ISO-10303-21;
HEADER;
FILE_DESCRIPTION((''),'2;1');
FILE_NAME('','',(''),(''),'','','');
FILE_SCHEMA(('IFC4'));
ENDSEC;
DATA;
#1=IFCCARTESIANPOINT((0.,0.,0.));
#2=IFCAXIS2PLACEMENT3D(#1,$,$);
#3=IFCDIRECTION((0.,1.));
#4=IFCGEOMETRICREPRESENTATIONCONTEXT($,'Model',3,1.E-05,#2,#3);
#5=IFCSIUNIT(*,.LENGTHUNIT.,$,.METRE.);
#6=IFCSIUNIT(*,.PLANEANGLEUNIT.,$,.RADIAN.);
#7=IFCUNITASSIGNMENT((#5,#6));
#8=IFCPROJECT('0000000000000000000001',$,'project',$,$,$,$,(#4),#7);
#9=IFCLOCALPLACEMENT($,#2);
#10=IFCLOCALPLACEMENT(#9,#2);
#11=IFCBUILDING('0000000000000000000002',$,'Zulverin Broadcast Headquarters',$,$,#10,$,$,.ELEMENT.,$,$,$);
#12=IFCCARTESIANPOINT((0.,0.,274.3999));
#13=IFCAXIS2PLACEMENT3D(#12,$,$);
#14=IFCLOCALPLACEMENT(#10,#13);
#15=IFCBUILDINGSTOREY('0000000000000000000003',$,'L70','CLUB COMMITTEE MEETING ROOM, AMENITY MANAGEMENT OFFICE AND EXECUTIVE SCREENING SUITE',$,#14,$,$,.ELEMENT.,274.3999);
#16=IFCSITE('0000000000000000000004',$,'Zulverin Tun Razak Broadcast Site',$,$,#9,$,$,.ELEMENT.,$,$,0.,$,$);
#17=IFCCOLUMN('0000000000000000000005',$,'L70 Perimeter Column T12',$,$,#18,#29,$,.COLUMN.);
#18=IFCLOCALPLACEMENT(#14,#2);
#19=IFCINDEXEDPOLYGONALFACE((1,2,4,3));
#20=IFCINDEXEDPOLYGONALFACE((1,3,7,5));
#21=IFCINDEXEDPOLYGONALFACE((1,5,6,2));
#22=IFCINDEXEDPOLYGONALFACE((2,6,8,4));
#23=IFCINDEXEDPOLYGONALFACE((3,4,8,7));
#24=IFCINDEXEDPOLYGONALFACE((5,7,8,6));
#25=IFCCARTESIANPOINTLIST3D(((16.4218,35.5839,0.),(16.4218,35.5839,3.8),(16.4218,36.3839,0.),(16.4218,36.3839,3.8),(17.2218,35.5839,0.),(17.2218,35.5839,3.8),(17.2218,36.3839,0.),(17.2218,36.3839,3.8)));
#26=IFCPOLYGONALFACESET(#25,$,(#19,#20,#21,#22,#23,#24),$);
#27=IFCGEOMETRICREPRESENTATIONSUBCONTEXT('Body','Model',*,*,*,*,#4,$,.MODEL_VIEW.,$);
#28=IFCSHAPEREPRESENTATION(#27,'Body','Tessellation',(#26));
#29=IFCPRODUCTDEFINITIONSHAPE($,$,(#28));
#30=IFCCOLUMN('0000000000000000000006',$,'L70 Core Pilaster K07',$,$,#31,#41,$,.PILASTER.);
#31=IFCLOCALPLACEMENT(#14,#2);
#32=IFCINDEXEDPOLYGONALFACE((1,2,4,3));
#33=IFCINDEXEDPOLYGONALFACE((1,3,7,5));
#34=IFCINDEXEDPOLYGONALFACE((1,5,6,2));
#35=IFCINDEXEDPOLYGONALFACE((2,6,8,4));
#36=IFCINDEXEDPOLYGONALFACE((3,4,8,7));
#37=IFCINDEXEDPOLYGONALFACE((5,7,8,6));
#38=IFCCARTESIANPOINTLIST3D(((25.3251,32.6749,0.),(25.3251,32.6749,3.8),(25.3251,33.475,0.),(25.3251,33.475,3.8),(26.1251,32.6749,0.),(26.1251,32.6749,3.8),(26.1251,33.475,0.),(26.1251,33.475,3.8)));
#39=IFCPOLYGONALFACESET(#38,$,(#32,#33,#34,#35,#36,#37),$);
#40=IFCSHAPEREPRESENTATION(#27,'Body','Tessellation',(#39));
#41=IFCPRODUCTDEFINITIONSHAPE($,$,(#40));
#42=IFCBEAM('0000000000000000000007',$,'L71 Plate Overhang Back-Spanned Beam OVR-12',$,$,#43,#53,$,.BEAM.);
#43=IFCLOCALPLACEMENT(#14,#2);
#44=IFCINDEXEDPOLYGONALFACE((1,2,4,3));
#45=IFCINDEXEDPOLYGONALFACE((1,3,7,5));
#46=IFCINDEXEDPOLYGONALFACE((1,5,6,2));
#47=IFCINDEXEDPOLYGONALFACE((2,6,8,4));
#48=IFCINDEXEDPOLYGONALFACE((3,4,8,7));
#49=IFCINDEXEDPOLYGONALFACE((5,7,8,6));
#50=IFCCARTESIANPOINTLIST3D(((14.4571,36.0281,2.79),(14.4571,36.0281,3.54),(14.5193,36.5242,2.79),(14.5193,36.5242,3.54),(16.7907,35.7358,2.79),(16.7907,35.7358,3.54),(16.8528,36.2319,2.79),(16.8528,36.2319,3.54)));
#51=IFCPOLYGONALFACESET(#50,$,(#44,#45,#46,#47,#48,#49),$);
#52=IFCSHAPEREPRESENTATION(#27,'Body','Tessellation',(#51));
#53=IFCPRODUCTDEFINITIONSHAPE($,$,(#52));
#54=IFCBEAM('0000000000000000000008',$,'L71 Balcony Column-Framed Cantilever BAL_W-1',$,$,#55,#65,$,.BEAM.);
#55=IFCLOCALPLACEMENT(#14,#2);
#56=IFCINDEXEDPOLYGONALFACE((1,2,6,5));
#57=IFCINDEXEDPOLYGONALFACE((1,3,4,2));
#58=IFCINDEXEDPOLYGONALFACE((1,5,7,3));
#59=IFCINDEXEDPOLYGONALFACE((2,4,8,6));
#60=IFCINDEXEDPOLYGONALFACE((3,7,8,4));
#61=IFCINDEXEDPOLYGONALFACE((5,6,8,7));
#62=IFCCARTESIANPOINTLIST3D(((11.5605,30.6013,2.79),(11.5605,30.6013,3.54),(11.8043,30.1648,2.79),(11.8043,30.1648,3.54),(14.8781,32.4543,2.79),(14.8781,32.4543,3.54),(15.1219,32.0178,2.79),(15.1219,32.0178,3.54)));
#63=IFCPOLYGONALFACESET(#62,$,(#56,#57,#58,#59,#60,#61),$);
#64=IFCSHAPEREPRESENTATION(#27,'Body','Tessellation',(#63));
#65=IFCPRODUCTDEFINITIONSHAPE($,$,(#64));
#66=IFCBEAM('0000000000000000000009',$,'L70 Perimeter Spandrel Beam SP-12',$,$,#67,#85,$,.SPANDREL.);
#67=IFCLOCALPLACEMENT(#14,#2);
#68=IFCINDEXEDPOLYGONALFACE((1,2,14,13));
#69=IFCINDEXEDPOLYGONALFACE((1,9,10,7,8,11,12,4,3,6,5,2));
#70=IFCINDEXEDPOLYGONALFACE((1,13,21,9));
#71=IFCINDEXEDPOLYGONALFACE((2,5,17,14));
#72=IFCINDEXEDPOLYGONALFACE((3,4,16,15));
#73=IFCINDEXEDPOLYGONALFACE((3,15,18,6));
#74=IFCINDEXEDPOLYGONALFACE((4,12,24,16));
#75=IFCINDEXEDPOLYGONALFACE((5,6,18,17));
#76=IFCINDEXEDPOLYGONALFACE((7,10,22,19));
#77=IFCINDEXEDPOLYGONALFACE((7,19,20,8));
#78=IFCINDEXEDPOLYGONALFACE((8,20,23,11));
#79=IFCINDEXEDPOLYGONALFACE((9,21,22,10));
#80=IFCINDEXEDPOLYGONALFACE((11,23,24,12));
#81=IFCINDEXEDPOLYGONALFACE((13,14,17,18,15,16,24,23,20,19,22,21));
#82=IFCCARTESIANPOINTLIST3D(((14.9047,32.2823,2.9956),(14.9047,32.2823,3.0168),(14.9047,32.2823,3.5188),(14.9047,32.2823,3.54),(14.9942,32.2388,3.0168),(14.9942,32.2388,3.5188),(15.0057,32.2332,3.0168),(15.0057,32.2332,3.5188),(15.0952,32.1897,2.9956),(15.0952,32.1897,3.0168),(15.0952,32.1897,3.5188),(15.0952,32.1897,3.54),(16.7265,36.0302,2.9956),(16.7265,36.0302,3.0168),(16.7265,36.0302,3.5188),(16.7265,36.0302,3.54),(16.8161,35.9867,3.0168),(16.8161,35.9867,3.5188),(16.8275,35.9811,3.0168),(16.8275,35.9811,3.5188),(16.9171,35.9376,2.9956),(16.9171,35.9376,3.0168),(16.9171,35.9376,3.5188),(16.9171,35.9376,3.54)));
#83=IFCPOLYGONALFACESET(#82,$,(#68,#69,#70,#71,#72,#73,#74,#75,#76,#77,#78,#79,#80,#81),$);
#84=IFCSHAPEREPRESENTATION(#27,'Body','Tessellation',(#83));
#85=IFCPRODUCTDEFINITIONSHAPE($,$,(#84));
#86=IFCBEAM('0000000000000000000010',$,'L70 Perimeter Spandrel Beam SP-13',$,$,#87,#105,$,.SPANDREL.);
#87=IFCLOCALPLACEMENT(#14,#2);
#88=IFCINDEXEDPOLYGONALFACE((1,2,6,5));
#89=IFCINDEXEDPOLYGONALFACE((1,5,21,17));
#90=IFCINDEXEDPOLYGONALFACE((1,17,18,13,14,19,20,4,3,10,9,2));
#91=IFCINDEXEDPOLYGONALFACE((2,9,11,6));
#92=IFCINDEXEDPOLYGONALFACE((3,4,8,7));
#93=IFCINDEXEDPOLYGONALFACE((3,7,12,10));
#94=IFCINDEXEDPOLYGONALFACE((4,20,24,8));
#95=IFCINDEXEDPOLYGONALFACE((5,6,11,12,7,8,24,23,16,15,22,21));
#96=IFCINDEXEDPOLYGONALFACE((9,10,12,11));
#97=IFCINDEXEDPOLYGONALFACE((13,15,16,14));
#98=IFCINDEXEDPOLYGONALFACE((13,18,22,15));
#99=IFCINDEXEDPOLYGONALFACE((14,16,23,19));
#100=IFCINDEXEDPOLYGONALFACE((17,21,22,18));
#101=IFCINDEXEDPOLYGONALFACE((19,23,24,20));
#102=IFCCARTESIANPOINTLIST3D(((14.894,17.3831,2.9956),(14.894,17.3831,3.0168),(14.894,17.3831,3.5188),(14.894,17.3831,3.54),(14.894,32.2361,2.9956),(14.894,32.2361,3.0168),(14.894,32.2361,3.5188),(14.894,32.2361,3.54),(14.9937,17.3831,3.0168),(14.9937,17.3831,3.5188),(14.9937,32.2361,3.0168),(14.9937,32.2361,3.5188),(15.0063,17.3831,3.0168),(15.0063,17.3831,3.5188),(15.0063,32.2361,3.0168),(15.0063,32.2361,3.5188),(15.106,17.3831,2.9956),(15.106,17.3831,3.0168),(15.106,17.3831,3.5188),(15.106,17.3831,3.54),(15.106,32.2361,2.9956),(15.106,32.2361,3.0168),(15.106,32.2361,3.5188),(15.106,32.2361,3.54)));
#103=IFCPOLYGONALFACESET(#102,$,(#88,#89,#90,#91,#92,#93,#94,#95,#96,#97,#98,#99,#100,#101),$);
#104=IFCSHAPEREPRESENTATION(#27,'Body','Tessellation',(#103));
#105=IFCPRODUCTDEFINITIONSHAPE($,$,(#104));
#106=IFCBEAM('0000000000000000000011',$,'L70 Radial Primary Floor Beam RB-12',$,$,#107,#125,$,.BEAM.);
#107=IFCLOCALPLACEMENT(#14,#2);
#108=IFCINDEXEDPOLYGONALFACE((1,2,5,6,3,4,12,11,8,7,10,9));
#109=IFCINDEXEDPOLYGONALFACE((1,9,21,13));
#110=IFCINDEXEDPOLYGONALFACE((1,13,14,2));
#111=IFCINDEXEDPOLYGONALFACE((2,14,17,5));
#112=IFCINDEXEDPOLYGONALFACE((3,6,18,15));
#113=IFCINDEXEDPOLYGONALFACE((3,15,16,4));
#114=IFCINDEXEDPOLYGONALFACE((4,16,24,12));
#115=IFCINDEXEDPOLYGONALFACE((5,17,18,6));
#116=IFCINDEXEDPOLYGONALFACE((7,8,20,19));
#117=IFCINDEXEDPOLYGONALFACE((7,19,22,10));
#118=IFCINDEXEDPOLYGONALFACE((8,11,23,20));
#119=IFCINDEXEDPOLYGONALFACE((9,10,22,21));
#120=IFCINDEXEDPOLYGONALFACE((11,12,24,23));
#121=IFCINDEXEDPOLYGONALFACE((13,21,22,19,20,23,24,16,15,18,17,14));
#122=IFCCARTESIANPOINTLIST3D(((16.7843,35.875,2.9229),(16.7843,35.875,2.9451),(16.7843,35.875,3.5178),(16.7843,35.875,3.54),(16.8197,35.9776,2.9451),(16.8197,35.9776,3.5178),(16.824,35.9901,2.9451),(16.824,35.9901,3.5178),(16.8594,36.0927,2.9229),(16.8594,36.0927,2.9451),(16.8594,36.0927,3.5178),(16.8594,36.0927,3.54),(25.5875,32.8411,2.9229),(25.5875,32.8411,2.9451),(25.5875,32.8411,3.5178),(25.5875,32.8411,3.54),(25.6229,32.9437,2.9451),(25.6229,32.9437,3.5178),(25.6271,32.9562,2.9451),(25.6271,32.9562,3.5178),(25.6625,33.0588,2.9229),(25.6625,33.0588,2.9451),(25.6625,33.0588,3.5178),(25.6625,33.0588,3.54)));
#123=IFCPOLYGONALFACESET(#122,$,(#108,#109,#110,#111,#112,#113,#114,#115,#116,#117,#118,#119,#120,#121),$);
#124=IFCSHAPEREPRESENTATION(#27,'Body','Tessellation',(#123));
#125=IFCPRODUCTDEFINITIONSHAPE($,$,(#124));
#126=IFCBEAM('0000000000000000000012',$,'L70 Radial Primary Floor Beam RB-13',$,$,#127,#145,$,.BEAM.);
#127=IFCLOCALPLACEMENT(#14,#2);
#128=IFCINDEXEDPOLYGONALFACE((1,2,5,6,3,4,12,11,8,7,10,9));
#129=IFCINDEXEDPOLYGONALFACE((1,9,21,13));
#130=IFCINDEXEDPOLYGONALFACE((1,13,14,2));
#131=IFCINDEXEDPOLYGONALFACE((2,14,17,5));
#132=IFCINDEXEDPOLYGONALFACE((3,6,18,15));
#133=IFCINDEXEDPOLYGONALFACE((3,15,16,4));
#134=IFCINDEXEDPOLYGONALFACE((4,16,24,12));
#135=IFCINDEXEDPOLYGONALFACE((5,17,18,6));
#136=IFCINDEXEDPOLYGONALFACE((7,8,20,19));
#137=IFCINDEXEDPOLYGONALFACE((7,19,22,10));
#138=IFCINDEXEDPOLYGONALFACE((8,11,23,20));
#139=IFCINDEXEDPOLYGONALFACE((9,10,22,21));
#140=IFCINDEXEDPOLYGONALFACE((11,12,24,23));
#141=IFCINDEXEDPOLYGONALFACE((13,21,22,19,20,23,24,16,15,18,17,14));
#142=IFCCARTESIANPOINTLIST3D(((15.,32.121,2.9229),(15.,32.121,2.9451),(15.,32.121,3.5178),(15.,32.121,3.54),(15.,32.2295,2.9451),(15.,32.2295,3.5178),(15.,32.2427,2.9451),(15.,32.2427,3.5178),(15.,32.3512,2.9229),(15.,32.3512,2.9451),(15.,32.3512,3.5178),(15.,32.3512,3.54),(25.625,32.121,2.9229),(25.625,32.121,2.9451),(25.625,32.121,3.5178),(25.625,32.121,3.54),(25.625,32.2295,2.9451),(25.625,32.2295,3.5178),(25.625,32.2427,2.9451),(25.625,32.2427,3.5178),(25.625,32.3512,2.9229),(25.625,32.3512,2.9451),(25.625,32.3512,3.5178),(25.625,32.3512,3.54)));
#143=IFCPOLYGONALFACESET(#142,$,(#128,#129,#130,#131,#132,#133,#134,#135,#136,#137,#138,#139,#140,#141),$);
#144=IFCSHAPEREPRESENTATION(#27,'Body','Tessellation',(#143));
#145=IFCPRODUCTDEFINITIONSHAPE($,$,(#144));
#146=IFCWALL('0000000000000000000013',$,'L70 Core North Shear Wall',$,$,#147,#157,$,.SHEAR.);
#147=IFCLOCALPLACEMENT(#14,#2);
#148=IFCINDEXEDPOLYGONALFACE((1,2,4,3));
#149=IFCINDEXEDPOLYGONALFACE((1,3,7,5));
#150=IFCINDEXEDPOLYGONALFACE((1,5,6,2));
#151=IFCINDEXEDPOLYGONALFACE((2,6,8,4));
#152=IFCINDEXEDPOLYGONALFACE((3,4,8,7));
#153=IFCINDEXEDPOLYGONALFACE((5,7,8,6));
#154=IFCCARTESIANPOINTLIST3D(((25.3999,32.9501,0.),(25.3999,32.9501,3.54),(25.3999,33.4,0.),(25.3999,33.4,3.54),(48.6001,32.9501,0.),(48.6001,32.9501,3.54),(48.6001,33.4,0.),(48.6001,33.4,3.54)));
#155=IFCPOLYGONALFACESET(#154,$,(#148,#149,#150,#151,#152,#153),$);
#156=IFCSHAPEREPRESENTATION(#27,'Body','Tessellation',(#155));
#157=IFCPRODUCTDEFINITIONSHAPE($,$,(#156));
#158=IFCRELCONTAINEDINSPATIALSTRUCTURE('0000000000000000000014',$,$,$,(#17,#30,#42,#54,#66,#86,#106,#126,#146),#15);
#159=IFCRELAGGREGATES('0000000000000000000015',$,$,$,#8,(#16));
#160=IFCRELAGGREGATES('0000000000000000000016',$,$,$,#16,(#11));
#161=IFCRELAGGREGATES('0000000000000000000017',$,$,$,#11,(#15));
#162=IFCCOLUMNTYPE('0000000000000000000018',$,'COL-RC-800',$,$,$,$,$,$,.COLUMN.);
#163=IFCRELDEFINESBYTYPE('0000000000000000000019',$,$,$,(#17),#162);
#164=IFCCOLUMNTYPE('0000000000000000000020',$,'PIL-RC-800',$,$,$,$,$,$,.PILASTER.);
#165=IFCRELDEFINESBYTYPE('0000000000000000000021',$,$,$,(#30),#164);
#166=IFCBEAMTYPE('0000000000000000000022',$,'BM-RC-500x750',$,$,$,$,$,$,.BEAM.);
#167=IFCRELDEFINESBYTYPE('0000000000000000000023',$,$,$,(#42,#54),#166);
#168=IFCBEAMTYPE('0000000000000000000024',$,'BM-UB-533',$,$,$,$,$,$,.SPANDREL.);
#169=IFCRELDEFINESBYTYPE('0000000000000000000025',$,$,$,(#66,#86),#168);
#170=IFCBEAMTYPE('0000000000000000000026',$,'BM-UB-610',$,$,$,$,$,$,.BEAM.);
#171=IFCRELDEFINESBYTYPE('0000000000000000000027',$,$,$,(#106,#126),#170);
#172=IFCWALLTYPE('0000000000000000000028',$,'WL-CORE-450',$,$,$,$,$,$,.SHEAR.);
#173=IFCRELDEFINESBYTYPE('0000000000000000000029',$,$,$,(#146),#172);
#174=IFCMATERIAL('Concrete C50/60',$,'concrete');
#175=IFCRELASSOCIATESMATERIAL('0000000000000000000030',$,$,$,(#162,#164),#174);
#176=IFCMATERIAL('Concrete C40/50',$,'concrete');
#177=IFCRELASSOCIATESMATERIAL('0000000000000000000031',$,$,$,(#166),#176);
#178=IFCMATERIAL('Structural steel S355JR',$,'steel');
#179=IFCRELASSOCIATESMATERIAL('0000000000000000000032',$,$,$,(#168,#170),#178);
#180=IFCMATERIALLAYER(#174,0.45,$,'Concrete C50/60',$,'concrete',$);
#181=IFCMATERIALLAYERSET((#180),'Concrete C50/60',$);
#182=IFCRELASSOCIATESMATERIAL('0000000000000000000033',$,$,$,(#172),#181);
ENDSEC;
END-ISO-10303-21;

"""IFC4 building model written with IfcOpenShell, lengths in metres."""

from ifc_helpers import new_model, si_unit, direction, frame, frame_2d, origin, origin_2d, place, context, subcontext, project, spatial, rectangle, i_section, extrude, material, layer, layer_set, material_profile, profile_set, type_object, element, save


model = new_model("IFC4")

# Units and contexts
model_context = context("Model", 3, precision=1e-05, world=origin(), true_north=direction((0.0, 1.0)))
body_context = subcontext(model_context, "Body", "Model", "MODEL_VIEW")
ifc_project = project(units=[si_unit("LENGTHUNIT", "METRE"), si_unit("PLANEANGLEUNIT", "RADIAN")], contexts=[model_context])

# Site, building, storey
site_placement = place(None, origin())
site = spatial("IfcSite", under=ifc_project, at=site_placement, Name="Zulverin Tun Razak Broadcast Site", CompositionType="ELEMENT", RefElevation=0.0)
building_placement = place(site_placement, origin())
building = spatial("IfcBuilding", under=site, at=building_placement, Name="Zulverin Broadcast Headquarters", CompositionType="ELEMENT")
storey_placement = place(building_placement, frame((0.0, 0.0, 274.3999)))
storey = spatial("IfcBuildingStorey", under=building, at=storey_placement, Name="L70", Description="CLUB COMMITTEE MEETING ROOM, AMENITY MANAGEMENT OFFICE AND EXECUTIVE SCREENING SUITE", CompositionType="ELEMENT", Elevation=274.3999)

# Columns
ifc_material_1 = material(Name="Concrete C50/60", Category="concrete")
ifc_material_profile_1 = material_profile(ifc_material_1, rectangle(XDim=0.8, YDim=0.8, at=origin_2d()), Name="Concrete C50/60", Category="concrete")
ifc_profile_set_1 = profile_set([ifc_material_profile_1], Name="Concrete C50/60")
column_type_1 = type_object("IfcColumnType", Name="COL-RC-800", PredefinedType="COLUMN", material=ifc_profile_set_1)
column_1_placement = place(storey_placement, frame((16.8218, 35.9839, 0.0), z_axis=(0.0, 0.0, 1.0), x_axis=(1.0, 0.0, 0.0)))
element("IfcColumn", 1, at=column_1_placement, inside=storey, type_object=column_type_1, Name="L70 Perimeter Column T12", PredefinedType="COLUMN", context=body_context, shape_type="SweptSolid", body=[
    extrude(rectangle(XDim=0.8, YDim=0.8, at=origin_2d()), origin(), (0.0, 0.0, 1.0), 3.8),
])
ifc_material_profile_2 = material_profile(ifc_material_1, rectangle(XDim=0.8, YDim=0.8, at=origin_2d()), Name="Concrete C50/60", Category="concrete")
ifc_profile_set_2 = profile_set([ifc_material_profile_2], Name="Concrete C50/60")
column_type_2 = type_object("IfcColumnType", Name="PIL-RC-800", PredefinedType="PILASTER", material=ifc_profile_set_2)
column_2_placement = place(storey_placement, frame((25.7251, 33.075, 0.0), z_axis=(0.0, 0.0, 1.0), x_axis=(1.0, 0.0, 0.0)))
element("IfcColumn", 2, at=column_2_placement, inside=storey, type_object=column_type_2, Name="L70 Core Pilaster K07", PredefinedType="PILASTER", context=body_context, shape_type="SweptSolid", body=[
    extrude(rectangle(XDim=0.8, YDim=0.8, at=origin_2d()), origin(), (0.0, 0.0, 1.0), 3.8),
])

# Beams
ifc_material_2 = material(Name="Concrete C40/50", Category="concrete")
ifc_material_profile_3 = material_profile(ifc_material_2, rectangle(XDim=0.5, YDim=0.75, at=origin_2d()), Name="Concrete C40/50", Category="concrete")
ifc_profile_set_3 = profile_set([ifc_material_profile_3], Name="Concrete C40/50")
beam_type_1 = type_object("IfcBeamType", Name="BM-RC-500x750", PredefinedType="BEAM", material=ifc_profile_set_3)
beam_1_placement = place(storey_placement, frame((16.8218, 35.9839, 3.165), z_axis=(-0.992249, 0.124265, 0.0), x_axis=(-0.124265, -0.992249, 0.0)))
element("IfcBeam", 3, at=beam_1_placement, inside=storey, type_object=beam_type_1, Name="L71 Plate Overhang Back-Spanned Beam OVR-12", PredefinedType="BEAM", context=body_context, shape_type="SweptSolid", body=[
    extrude(rectangle(XDim=0.5, YDim=0.75, at=origin_2d()), origin(), (0.0, 0.0, 1.0), 2.3518),
])
beam_2_placement = place(storey_placement, frame((15.0, 32.2361, 3.165), z_axis=(-0.873049, -0.487633, 0.0), x_axis=(0.487633, -0.873049, 0.0)))
element("IfcBeam", 4, at=beam_2_placement, inside=storey, type_object=beam_type_1, Name="L71 Balcony Column-Framed Cantilever BAL_W-1", PredefinedType="BEAM", context=body_context, shape_type="SweptSolid", body=[
    extrude(rectangle(XDim=0.5, YDim=0.75, at=origin_2d()), origin(), (0.0, 0.0, 1.0), 3.8),
])
ifc_material_3 = material(Name="Structural steel S355JR", Category="steel")
ifc_material_profile_4 = material_profile(ifc_material_3, i_section(OverallWidth=0.2119, OverallDepth=0.5444, WebThickness=0.0127, FlangeThickness=0.0212, at=origin_2d()), Name="Structural steel S355JR", Category="steel")
ifc_profile_set_4 = profile_set([ifc_material_profile_4], Name="Structural steel S355JR")
beam_type_2 = type_object("IfcBeamType", Name="BM-UB-533", PredefinedType="SPANDREL", material=ifc_profile_set_4)
beam_3_placement = place(storey_placement, frame((16.8218, 35.9839, 3.2678), z_axis=(-0.437179, -0.899375, 0.0), x_axis=(0.899375, -0.437179, 0.0)))
element("IfcBeam", 5, at=beam_3_placement, inside=storey, type_object=beam_type_2, Name="L70 Perimeter Spandrel Beam SP-12", PredefinedType="SPANDREL", context=body_context, shape_type="SweptSolid", body=[
    extrude(i_section(OverallWidth=0.2119, OverallDepth=0.5444, WebThickness=0.0127, FlangeThickness=0.0212, at=origin_2d()), origin(), (0.0, 0.0, 1.0), 4.1672),
])
beam_4_placement = place(storey_placement, frame((15.0, 32.2361, 3.2678), z_axis=(0.0, -1.0, 0.0), x_axis=(1.0, 0.0, 0.0)))
element("IfcBeam", 6, at=beam_4_placement, inside=storey, type_object=beam_type_2, Name="L70 Perimeter Spandrel Beam SP-13", PredefinedType="SPANDREL", context=body_context, shape_type="SweptSolid", body=[
    extrude(i_section(OverallWidth=0.2119, OverallDepth=0.5444, WebThickness=0.0127, FlangeThickness=0.0212, at=origin_2d()), origin(), (0.0, 0.0, 1.0), 14.853),
])
ifc_material_profile_5 = material_profile(ifc_material_3, i_section(OverallWidth=0.2302, OverallDepth=0.6172, WebThickness=0.0132, FlangeThickness=0.0222, at=origin_2d()), Name="Structural steel S355JR", Category="steel")
ifc_profile_set_5 = profile_set([ifc_material_profile_5], Name="Structural steel S355JR")
beam_type_3 = type_object("IfcBeamType", Name="BM-UB-610", PredefinedType="BEAM", material=ifc_profile_set_5)
beam_5_placement = place(storey_placement, frame((25.625, 32.95, 3.2314), z_axis=(-0.945428, 0.325831, 0.0), x_axis=(-0.325831, -0.945428, 0.0)))
element("IfcBeam", 7, at=beam_5_placement, inside=storey, type_object=beam_type_3, Name="L70 Radial Primary Floor Beam RB-12", PredefinedType="BEAM", context=body_context, shape_type="SweptSolid", body=[
    extrude(i_section(OverallWidth=0.2302, OverallDepth=0.6172, WebThickness=0.0132, FlangeThickness=0.0222, at=origin_2d()), origin(), (0.0, 0.0, 1.0), 9.3113),
])
beam_6_placement = place(storey_placement, frame((25.625, 32.2361, 3.2314), z_axis=(-1.0, 0.0, 0.0), x_axis=(0.0, -1.0, 0.0)))
element("IfcBeam", 8, at=beam_6_placement, inside=storey, type_object=beam_type_3, Name="L70 Radial Primary Floor Beam RB-13", PredefinedType="BEAM", context=body_context, shape_type="SweptSolid", body=[
    extrude(i_section(OverallWidth=0.2302, OverallDepth=0.6172, WebThickness=0.0132, FlangeThickness=0.0222, at=origin_2d()), origin(), (0.0, 0.0, 1.0), 10.625),
])

# Wall
ifc_layer_1 = layer(ifc_material_1, 0.45, Name="Concrete C50/60", Category="concrete")
ifc_layer_set_1 = layer_set([ifc_layer_1], Name="Concrete C50/60")
wall_type_1 = type_object("IfcWallType", Name="WL-CORE-450", PredefinedType="SHEAR", material=ifc_layer_set_1)
wall_1_placement = place(storey_placement, frame((25.3999, 33.175, 0.0), z_axis=(0.0, 0.0, 1.0), x_axis=(1.0, 0.0, 0.0)))
element("IfcWall", 9, at=wall_1_placement, inside=storey, type_object=wall_type_1, Name="L70 Core North Shear Wall", PredefinedType="SHEAR", context=body_context, shape_type="SweptSolid", body=[
    extrude(rectangle(XDim=23.2002, YDim=0.45, at=frame_2d((11.6001, 0.0))), origin(), (0.0, 0.0, 1.0), 3.54),
])

save(model, "model.ifc")
